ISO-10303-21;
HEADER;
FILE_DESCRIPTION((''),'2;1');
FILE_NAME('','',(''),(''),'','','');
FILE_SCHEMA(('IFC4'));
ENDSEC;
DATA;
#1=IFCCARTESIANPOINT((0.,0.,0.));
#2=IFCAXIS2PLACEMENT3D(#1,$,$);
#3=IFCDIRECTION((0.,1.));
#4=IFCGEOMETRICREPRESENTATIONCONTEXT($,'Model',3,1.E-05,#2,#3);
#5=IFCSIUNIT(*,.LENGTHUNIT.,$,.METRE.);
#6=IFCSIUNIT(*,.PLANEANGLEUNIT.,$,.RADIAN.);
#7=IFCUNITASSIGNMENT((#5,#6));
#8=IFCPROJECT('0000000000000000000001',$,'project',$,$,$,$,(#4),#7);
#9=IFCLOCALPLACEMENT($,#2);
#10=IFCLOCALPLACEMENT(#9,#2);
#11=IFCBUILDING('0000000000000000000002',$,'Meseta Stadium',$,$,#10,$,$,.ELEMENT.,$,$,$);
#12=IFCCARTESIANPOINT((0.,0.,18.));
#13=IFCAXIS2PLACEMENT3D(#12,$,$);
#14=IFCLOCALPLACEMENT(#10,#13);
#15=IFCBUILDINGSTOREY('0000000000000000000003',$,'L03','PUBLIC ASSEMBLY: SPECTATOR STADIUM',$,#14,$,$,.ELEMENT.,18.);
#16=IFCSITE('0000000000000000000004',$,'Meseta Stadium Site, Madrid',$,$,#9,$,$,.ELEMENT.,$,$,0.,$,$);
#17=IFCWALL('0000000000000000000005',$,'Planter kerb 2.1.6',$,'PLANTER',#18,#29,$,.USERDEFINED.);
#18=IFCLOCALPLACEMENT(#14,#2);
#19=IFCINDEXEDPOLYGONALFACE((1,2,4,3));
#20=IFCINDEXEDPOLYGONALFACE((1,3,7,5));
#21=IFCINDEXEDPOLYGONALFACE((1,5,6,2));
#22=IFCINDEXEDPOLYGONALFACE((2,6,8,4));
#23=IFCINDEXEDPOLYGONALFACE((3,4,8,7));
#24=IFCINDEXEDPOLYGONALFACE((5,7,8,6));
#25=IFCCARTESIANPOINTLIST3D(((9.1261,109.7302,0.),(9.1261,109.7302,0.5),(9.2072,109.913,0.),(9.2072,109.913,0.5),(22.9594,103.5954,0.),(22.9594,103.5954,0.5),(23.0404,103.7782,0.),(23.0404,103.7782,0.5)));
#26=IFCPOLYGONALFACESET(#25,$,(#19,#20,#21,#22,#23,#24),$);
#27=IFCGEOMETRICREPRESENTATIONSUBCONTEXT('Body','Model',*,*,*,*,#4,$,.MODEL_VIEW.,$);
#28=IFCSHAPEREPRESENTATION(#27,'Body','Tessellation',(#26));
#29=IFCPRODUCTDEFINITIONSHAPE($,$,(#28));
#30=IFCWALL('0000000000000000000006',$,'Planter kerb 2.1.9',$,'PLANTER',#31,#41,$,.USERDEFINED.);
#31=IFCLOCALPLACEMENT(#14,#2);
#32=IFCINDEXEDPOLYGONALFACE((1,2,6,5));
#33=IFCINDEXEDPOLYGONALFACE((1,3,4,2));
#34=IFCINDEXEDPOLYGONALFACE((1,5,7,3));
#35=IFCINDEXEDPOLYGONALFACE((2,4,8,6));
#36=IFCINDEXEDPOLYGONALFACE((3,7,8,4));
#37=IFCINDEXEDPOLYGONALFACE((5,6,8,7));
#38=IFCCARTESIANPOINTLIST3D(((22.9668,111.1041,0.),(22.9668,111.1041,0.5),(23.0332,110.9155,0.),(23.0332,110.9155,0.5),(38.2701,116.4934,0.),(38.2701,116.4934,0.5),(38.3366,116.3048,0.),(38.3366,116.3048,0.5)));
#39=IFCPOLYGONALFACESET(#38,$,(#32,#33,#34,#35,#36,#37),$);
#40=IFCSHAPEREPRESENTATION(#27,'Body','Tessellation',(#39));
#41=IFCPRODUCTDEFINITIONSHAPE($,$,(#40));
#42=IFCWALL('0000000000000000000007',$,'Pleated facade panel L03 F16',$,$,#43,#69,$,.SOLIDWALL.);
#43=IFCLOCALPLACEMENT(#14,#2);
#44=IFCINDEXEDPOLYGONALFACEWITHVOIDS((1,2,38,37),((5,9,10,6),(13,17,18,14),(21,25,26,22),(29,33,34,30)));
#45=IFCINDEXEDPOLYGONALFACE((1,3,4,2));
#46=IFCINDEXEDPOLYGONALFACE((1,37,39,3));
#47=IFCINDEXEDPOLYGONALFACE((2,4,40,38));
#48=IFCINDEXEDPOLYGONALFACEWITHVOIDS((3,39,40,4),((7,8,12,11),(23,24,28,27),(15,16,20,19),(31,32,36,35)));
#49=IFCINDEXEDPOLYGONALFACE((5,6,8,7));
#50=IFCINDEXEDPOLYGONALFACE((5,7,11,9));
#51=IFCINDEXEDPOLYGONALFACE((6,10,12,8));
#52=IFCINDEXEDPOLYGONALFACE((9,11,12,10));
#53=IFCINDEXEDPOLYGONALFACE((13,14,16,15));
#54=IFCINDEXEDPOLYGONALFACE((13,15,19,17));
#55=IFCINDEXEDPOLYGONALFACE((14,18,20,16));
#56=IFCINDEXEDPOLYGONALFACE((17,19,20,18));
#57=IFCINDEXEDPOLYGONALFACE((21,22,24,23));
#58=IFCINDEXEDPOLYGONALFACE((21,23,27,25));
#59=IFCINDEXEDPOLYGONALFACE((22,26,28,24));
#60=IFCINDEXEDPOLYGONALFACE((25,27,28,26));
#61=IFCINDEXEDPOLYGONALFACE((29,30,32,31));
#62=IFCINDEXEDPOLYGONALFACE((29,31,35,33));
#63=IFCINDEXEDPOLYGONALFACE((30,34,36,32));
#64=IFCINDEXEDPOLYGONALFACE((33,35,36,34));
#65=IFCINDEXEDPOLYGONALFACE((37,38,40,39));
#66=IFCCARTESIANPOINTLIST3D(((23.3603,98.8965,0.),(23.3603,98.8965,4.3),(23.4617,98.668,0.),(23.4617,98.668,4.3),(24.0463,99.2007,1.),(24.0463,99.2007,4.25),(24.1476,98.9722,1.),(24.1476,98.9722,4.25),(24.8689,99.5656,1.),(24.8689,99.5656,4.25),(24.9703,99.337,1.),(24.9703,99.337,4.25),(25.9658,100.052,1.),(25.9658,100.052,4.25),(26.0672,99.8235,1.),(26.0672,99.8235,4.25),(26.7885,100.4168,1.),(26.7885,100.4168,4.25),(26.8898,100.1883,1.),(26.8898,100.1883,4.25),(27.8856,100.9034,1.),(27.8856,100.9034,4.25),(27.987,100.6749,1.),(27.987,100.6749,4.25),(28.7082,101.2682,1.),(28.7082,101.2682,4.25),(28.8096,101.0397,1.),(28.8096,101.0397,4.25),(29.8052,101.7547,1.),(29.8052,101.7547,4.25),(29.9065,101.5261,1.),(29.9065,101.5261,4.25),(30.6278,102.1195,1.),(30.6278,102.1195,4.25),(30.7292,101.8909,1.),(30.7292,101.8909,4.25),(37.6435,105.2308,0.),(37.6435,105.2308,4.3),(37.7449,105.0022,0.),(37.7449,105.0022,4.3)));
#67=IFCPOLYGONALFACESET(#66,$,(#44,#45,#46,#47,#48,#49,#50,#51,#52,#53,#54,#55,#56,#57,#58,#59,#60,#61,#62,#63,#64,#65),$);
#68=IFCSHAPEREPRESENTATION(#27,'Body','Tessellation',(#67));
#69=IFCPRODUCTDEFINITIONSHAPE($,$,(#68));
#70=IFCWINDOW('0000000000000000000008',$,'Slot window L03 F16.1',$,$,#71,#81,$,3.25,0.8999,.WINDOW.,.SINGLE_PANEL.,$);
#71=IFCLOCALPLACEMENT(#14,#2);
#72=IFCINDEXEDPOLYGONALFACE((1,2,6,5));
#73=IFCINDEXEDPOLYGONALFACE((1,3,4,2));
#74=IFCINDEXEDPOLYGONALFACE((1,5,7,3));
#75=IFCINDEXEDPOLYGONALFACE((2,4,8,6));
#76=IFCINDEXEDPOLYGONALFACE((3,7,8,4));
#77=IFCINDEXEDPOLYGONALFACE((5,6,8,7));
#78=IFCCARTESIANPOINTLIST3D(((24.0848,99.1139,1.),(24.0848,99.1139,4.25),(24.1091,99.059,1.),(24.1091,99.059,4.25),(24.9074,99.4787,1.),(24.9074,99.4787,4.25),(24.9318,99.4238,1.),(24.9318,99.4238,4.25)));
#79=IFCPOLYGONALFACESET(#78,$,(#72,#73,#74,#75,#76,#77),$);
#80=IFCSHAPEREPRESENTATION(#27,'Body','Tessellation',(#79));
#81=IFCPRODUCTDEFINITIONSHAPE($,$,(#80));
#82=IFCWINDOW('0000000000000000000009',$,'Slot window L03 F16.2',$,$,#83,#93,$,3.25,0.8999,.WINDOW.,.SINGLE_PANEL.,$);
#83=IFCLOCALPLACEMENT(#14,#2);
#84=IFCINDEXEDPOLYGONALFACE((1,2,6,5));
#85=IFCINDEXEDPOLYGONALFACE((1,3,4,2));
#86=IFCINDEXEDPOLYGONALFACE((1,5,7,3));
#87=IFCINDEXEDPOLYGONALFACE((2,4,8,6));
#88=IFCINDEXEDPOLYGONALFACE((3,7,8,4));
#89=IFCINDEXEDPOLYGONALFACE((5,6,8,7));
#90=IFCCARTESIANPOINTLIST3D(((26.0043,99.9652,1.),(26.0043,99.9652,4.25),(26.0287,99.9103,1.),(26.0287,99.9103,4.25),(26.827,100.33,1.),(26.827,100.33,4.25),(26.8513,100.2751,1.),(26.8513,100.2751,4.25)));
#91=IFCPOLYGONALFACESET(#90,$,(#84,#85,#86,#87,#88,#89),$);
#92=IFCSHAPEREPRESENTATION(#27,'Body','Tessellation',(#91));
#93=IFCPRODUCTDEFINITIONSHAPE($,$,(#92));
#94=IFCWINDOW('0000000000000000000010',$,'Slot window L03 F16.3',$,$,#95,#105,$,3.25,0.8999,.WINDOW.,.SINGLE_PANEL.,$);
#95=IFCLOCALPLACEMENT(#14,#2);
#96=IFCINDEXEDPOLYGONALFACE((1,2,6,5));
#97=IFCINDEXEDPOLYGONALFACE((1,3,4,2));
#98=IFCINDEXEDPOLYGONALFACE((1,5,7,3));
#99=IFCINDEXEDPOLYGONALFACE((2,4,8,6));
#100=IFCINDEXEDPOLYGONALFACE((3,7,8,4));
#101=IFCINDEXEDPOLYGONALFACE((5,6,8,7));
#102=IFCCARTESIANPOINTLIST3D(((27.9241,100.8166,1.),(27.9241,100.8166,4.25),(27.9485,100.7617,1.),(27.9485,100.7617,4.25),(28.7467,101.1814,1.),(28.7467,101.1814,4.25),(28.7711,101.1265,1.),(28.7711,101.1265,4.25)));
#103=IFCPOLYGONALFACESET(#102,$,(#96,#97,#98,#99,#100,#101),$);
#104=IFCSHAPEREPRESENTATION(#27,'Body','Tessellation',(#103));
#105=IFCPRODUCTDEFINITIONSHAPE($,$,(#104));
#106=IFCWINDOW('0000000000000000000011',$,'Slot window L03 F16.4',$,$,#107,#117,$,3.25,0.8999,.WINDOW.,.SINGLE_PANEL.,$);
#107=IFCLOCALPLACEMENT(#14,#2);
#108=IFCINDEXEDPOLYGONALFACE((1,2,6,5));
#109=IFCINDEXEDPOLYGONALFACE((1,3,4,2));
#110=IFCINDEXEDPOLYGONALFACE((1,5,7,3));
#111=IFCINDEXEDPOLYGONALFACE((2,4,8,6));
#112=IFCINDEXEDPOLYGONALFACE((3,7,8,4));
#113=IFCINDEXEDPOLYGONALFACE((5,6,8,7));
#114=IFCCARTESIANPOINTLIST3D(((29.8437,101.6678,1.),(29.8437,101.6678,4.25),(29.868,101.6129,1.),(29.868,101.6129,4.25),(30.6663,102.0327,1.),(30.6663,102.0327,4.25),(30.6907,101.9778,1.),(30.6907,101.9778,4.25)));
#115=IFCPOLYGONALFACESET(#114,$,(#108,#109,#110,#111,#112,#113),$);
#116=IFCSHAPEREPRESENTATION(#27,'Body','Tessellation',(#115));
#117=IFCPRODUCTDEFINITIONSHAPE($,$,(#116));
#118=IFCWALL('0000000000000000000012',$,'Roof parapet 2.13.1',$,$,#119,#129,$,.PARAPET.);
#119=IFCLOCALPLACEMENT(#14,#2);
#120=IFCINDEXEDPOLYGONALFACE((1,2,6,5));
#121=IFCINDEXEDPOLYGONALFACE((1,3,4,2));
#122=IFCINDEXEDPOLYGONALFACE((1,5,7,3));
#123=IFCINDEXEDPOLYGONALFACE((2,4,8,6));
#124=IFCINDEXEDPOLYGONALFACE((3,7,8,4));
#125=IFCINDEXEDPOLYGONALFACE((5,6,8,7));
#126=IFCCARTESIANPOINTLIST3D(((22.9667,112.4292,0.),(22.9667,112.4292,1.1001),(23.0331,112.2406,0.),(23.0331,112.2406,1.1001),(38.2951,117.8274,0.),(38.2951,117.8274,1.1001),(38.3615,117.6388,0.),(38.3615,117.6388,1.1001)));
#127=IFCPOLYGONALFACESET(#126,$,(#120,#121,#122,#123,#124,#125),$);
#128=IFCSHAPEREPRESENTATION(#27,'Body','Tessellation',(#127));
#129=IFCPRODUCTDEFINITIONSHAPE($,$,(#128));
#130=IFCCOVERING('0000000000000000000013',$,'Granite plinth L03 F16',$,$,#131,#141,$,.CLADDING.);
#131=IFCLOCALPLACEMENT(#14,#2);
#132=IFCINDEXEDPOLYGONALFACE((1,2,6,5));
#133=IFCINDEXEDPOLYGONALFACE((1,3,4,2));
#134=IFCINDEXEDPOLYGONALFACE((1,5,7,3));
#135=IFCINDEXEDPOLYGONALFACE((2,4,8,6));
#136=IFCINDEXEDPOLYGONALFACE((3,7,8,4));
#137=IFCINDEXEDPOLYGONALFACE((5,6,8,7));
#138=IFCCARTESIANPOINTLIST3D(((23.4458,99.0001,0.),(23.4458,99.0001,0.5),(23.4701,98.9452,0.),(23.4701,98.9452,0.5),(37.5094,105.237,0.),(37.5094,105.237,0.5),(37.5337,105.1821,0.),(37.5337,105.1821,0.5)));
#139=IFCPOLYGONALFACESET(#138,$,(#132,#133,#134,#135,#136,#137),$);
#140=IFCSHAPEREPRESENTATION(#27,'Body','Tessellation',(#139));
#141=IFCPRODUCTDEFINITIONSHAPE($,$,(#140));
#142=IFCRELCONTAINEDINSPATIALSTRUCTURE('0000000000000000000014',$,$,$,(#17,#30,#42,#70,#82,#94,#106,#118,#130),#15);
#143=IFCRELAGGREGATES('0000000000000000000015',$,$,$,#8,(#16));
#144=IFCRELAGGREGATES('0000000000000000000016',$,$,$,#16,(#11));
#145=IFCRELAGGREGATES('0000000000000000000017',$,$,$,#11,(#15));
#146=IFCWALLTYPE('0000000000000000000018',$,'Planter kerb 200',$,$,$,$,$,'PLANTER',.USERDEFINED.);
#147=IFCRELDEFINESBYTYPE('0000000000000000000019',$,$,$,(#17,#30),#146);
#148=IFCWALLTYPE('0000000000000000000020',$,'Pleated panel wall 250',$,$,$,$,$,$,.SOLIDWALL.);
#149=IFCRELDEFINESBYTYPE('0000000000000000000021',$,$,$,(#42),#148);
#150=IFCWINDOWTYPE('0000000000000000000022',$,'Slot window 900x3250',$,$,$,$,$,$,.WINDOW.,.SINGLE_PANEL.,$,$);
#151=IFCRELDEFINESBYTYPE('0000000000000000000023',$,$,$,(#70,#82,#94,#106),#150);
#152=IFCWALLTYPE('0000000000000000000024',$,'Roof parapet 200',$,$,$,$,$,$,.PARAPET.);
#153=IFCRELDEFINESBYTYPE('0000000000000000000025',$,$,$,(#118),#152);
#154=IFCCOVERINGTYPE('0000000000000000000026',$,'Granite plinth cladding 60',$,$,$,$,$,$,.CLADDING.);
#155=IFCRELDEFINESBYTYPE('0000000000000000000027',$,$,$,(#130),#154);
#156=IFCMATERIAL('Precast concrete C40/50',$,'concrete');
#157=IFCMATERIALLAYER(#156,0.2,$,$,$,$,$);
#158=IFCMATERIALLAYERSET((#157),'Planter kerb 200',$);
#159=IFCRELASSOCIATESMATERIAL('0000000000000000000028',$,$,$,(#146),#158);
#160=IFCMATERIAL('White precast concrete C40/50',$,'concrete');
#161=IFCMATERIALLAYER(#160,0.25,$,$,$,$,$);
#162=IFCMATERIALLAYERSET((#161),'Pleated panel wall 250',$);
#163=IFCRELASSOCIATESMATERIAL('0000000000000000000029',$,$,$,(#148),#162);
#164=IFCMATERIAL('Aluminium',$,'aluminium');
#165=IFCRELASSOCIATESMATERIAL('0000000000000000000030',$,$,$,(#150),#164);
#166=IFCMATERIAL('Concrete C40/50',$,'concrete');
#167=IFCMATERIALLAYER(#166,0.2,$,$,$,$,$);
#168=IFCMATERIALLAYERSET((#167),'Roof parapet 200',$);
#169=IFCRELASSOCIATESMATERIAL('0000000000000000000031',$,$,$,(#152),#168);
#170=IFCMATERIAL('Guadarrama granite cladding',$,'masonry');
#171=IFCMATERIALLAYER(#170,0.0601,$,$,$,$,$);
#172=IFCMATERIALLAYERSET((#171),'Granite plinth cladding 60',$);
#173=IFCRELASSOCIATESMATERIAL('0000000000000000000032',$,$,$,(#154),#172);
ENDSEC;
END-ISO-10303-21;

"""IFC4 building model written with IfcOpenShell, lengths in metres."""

from ifc_helpers import new_model, si_unit, direction, frame, frame_2d, origin, origin_2d, place, context, subcontext, project, spatial, rectangle, extrude, material, layer, layer_set, type_object, element, fill, save


model = new_model("IFC4")

# Units and contexts
model_context = context("Model", 3, precision=1e-05, world=origin(), true_north=direction((0.0, 1.0)))
body_context = subcontext(model_context, "Body", "Model", "MODEL_VIEW")
ifc_project = project(units=[si_unit("LENGTHUNIT", "METRE"), si_unit("PLANEANGLEUNIT", "RADIAN")], contexts=[model_context])

# Site, building, storey
site_placement = place(None, origin())
site = spatial("IfcSite", under=ifc_project, at=site_placement, Name="Meseta Stadium Site, Madrid", CompositionType="ELEMENT", RefElevation=0.0)
building_placement = place(site_placement, origin())
building = spatial("IfcBuilding", under=site, at=building_placement, Name="Meseta Stadium", CompositionType="ELEMENT")
storey_placement = place(building_placement, frame((0.0, 0.0, 18.0)))
storey = spatial("IfcBuildingStorey", under=building, at=storey_placement, Name="L03", Description="PUBLIC ASSEMBLY: SPECTATOR STADIUM", CompositionType="ELEMENT", Elevation=18.0)

# Walls
ifc_material_1 = material(Name="Precast concrete C40/50", Category="concrete")
ifc_layer_1 = layer(ifc_material_1, 0.2)
ifc_layer_set_1 = layer_set([ifc_layer_1], Name="Planter kerb 200")
wall_type_1 = type_object("IfcWallType", Name="Planter kerb 200", ElementType="PLANTER", PredefinedType="USERDEFINED", material=ifc_layer_set_1)
wall_1_placement = place(storey_placement, frame((23.0, 103.6868, 0.0), z_axis=(0.0, 0.0, 1.0), x_axis=(-0.914139, 0.405402, 0.0)))
element("IfcWall", 1, at=wall_1_placement, inside=storey, type_object=wall_type_1, Name="Planter kerb 2.1.6", ObjectType="PLANTER", PredefinedType="USERDEFINED", context=body_context, shape_type="SweptSolid", body=[
    extrude(rectangle(XDim=15.1326, YDim=0.2, at=frame_2d((7.5664, 0.0))), origin(), (0.0, 0.0, 1.0), 0.5),
])
wall_2_placement = place(storey_placement, frame((23.0, 111.0098, 0.0), z_axis=(0.0, 0.0, 1.0), x_axis=(0.943219, 0.332172, 0.0)))
element("IfcWall", 2, at=wall_2_placement, inside=storey, type_object=wall_type_1, Name="Planter kerb 2.1.9", ObjectType="PLANTER", PredefinedType="USERDEFINED", context=body_context, shape_type="SweptSolid", body=[
    extrude(rectangle(XDim=16.2246, YDim=0.2, at=frame_2d((8.1123, 0.0))), origin(), (0.0, 0.0, 1.0), 0.5),
])

# Wall, openings, windows
ifc_material_2 = material(Name="White precast concrete C40/50", Category="concrete")
ifc_layer_2 = layer(ifc_material_2, 0.25)
ifc_layer_set_2 = layer_set([ifc_layer_2], Name="Pleated panel wall 250")
wall_type_2 = type_object("IfcWallType", Name="Pleated panel wall 250", PredefinedType="SOLIDWALL", material=ifc_layer_set_2)
wall_3_placement = place(storey_placement, frame((23.4109, 98.7822, 0.0), z_axis=(0.0, 0.0, 1.0), x_axis=(0.914141, 0.405398, 0.0)))
wall_3 = element("IfcWall", 3, at=wall_3_placement, inside=storey, type_object=wall_type_2, Name="Pleated facade panel L03 F16", PredefinedType="SOLIDWALL", context=body_context, shape_type="SweptSolid", body=[
    extrude(rectangle(XDim=15.6248, YDim=0.25, at=frame_2d((7.8125, 0.0))), origin(), (0.0, 0.0, 1.0), 4.3),
])
opening_1_placement = place(wall_3_placement, frame((0.7505, 0.0, 1.0)))
opening_1 = element("IfcOpeningElement", 4, at=opening_1_placement, cuts=wall_3, PredefinedType="OPENING", context=body_context, shape_type="SweptSolid", body=[
    extrude(rectangle(XDim=0.8999, YDim=3.25, at=frame_2d((0.45, 1.625))), frame((0.0, 0.135, 0.0), z_axis=(0.0, -1.0, 0.0), x_axis=(1.0, 0.0, 0.0)), (0.0, 0.0, 1.0), 0.27),
])
opening_2_placement = place(wall_3_placement, frame((2.8503, 0.0, 1.0)))
opening_2 = element("IfcOpeningElement", 5, at=opening_2_placement, cuts=wall_3, PredefinedType="OPENING", context=body_context, shape_type="SweptSolid", body=[
    extrude(rectangle(XDim=0.8999, YDim=3.25, at=frame_2d((0.45, 1.625))), frame((0.0, 0.135, 0.0), z_axis=(0.0, -1.0, 0.0), x_axis=(1.0, 0.0, 0.0)), (0.0, 0.0, 1.0), 0.27),
])
opening_3_placement = place(wall_3_placement, frame((4.9504, 0.0, 1.0)))
opening_3 = element("IfcOpeningElement", 6, at=opening_3_placement, cuts=wall_3, PredefinedType="OPENING", context=body_context, shape_type="SweptSolid", body=[
    extrude(rectangle(XDim=0.8999, YDim=3.25, at=frame_2d((0.45, 1.625))), frame((0.0, 0.135, 0.0), z_axis=(0.0, -1.0, 0.0), x_axis=(1.0, 0.0, 0.0)), (0.0, 0.0, 1.0), 0.27),
])
opening_4_placement = place(wall_3_placement, frame((7.0503, 0.0, 1.0)))
opening_4 = element("IfcOpeningElement", 7, at=opening_4_placement, cuts=wall_3, PredefinedType="OPENING", context=body_context, shape_type="SweptSolid", body=[
    extrude(rectangle(XDim=0.8999, YDim=3.25, at=frame_2d((0.45, 1.625))), frame((0.0, 0.135, 0.0), z_axis=(0.0, -1.0, 0.0), x_axis=(1.0, 0.0, 0.0)), (0.0, 0.0, 1.0), 0.27),
])
ifc_material_3 = material(Name="Aluminium", Category="aluminium")
window_type = type_object("IfcWindowType", Name="Slot window 900x3250", PartitioningType="SINGLE_PANEL", PredefinedType="WINDOW", material=ifc_material_3)
window_1_placement = place(opening_1_placement, origin())
window_1 = element("IfcWindow", 8, at=window_1_placement, inside=storey, type_object=window_type, Name="Slot window L03 F16.1", OverallHeight=3.25, OverallWidth=0.8999, PartitioningType="SINGLE_PANEL", PredefinedType="WINDOW", context=body_context, shape_type="SweptSolid", body=[
    extrude(rectangle(XDim=0.8999, YDim=3.25, at=frame_2d((0.45, 1.625))), frame((0.0, 0.03, 0.0), z_axis=(0.0, -1.0, 0.0), x_axis=(1.0, 0.0, 0.0)), (0.0, 0.0, 1.0), 0.0601),
])
fill(opening_1, window_1)
window_2_placement = place(opening_2_placement, origin())
window_2 = element("IfcWindow", 9, at=window_2_placement, inside=storey, type_object=window_type, Name="Slot window L03 F16.2", OverallHeight=3.25, OverallWidth=0.8999, PartitioningType="SINGLE_PANEL", PredefinedType="WINDOW", context=body_context, shape_type="SweptSolid", body=[
    extrude(rectangle(XDim=0.8999, YDim=3.25, at=frame_2d((0.45, 1.625))), frame((0.0, 0.03, 0.0), z_axis=(0.0, -1.0, 0.0), x_axis=(1.0, 0.0, 0.0)), (0.0, 0.0, 1.0), 0.0601),
])
fill(opening_2, window_2)
window_3_placement = place(opening_3_placement, origin())
window_3 = element("IfcWindow", 10, at=window_3_placement, inside=storey, type_object=window_type, Name="Slot window L03 F16.3", OverallHeight=3.25, OverallWidth=0.8999, PartitioningType="SINGLE_PANEL", PredefinedType="WINDOW", context=body_context, shape_type="SweptSolid", body=[
    extrude(rectangle(XDim=0.8999, YDim=3.25, at=frame_2d((0.45, 1.625))), frame((0.0, 0.03, 0.0), z_axis=(0.0, -1.0, 0.0), x_axis=(1.0, 0.0, 0.0)), (0.0, 0.0, 1.0), 0.0601),
])
fill(opening_3, window_3)
window_4_placement = place(opening_4_placement, origin())
window_4 = element("IfcWindow", 11, at=window_4_placement, inside=storey, type_object=window_type, Name="Slot window L03 F16.4", OverallHeight=3.25, OverallWidth=0.8999, PartitioningType="SINGLE_PANEL", PredefinedType="WINDOW", context=body_context, shape_type="SweptSolid", body=[
    extrude(rectangle(XDim=0.8999, YDim=3.25, at=frame_2d((0.45, 1.625))), frame((0.0, 0.03, 0.0), z_axis=(0.0, -1.0, 0.0), x_axis=(1.0, 0.0, 0.0)), (0.0, 0.0, 1.0), 0.0601),
])
fill(opening_4, window_4)

# Wall
ifc_material_4 = material(Name="Concrete C40/50", Category="concrete")
ifc_layer_3 = layer(ifc_material_4, 0.2)
ifc_layer_set_3 = layer_set([ifc_layer_3], Name="Roof parapet 200")
wall_type_3 = type_object("IfcWallType", Name="Roof parapet 200", PredefinedType="PARAPET", material=ifc_layer_set_3)
wall_4_placement = place(storey_placement, frame((23.0, 112.335, 0.0), z_axis=(0.0, 0.0, 1.0), x_axis=(0.943218, 0.332173, 0.0)))
element("IfcWall", 12, at=wall_4_placement, inside=storey, type_object=wall_type_3, Name="Roof parapet 2.13.1", PredefinedType="PARAPET", context=body_context, shape_type="SweptSolid", body=[
    extrude(rectangle(XDim=16.2512, YDim=0.2, at=frame_2d((8.1255, 0.0))), origin(), (0.0, 0.0, 1.0), 1.1001),
])

# Covering
ifc_material_5 = material(Name="Guadarrama granite cladding", Category="masonry")
ifc_layer_4 = layer(ifc_material_5, 0.0601)
ifc_layer_set_4 = layer_set([ifc_layer_4], Name="Granite plinth cladding 60")
covering_type_1 = type_object("IfcCoveringType", Name="Granite plinth cladding 60", PredefinedType="CLADDING", material=ifc_layer_set_4)
covering_1_placement = place(storey_placement, frame((30.4897, 102.0911, 0.0), z_axis=(0.0, 0.0, 1.0), x_axis=(0.914139, 0.4054, 0.0)))
element("IfcCovering", 13, at=covering_1_placement, inside=storey, type_object=covering_type_1, Name="Granite plinth L03 F16", PredefinedType="CLADDING", context=body_context, shape_type="SweptSolid", body=[
    extrude(rectangle(XDim=15.3845, YDim=0.0601, at=origin_2d()), origin(), (0.0, 0.0, 1.0), 0.5),
])

save(model, "model.ifc")
